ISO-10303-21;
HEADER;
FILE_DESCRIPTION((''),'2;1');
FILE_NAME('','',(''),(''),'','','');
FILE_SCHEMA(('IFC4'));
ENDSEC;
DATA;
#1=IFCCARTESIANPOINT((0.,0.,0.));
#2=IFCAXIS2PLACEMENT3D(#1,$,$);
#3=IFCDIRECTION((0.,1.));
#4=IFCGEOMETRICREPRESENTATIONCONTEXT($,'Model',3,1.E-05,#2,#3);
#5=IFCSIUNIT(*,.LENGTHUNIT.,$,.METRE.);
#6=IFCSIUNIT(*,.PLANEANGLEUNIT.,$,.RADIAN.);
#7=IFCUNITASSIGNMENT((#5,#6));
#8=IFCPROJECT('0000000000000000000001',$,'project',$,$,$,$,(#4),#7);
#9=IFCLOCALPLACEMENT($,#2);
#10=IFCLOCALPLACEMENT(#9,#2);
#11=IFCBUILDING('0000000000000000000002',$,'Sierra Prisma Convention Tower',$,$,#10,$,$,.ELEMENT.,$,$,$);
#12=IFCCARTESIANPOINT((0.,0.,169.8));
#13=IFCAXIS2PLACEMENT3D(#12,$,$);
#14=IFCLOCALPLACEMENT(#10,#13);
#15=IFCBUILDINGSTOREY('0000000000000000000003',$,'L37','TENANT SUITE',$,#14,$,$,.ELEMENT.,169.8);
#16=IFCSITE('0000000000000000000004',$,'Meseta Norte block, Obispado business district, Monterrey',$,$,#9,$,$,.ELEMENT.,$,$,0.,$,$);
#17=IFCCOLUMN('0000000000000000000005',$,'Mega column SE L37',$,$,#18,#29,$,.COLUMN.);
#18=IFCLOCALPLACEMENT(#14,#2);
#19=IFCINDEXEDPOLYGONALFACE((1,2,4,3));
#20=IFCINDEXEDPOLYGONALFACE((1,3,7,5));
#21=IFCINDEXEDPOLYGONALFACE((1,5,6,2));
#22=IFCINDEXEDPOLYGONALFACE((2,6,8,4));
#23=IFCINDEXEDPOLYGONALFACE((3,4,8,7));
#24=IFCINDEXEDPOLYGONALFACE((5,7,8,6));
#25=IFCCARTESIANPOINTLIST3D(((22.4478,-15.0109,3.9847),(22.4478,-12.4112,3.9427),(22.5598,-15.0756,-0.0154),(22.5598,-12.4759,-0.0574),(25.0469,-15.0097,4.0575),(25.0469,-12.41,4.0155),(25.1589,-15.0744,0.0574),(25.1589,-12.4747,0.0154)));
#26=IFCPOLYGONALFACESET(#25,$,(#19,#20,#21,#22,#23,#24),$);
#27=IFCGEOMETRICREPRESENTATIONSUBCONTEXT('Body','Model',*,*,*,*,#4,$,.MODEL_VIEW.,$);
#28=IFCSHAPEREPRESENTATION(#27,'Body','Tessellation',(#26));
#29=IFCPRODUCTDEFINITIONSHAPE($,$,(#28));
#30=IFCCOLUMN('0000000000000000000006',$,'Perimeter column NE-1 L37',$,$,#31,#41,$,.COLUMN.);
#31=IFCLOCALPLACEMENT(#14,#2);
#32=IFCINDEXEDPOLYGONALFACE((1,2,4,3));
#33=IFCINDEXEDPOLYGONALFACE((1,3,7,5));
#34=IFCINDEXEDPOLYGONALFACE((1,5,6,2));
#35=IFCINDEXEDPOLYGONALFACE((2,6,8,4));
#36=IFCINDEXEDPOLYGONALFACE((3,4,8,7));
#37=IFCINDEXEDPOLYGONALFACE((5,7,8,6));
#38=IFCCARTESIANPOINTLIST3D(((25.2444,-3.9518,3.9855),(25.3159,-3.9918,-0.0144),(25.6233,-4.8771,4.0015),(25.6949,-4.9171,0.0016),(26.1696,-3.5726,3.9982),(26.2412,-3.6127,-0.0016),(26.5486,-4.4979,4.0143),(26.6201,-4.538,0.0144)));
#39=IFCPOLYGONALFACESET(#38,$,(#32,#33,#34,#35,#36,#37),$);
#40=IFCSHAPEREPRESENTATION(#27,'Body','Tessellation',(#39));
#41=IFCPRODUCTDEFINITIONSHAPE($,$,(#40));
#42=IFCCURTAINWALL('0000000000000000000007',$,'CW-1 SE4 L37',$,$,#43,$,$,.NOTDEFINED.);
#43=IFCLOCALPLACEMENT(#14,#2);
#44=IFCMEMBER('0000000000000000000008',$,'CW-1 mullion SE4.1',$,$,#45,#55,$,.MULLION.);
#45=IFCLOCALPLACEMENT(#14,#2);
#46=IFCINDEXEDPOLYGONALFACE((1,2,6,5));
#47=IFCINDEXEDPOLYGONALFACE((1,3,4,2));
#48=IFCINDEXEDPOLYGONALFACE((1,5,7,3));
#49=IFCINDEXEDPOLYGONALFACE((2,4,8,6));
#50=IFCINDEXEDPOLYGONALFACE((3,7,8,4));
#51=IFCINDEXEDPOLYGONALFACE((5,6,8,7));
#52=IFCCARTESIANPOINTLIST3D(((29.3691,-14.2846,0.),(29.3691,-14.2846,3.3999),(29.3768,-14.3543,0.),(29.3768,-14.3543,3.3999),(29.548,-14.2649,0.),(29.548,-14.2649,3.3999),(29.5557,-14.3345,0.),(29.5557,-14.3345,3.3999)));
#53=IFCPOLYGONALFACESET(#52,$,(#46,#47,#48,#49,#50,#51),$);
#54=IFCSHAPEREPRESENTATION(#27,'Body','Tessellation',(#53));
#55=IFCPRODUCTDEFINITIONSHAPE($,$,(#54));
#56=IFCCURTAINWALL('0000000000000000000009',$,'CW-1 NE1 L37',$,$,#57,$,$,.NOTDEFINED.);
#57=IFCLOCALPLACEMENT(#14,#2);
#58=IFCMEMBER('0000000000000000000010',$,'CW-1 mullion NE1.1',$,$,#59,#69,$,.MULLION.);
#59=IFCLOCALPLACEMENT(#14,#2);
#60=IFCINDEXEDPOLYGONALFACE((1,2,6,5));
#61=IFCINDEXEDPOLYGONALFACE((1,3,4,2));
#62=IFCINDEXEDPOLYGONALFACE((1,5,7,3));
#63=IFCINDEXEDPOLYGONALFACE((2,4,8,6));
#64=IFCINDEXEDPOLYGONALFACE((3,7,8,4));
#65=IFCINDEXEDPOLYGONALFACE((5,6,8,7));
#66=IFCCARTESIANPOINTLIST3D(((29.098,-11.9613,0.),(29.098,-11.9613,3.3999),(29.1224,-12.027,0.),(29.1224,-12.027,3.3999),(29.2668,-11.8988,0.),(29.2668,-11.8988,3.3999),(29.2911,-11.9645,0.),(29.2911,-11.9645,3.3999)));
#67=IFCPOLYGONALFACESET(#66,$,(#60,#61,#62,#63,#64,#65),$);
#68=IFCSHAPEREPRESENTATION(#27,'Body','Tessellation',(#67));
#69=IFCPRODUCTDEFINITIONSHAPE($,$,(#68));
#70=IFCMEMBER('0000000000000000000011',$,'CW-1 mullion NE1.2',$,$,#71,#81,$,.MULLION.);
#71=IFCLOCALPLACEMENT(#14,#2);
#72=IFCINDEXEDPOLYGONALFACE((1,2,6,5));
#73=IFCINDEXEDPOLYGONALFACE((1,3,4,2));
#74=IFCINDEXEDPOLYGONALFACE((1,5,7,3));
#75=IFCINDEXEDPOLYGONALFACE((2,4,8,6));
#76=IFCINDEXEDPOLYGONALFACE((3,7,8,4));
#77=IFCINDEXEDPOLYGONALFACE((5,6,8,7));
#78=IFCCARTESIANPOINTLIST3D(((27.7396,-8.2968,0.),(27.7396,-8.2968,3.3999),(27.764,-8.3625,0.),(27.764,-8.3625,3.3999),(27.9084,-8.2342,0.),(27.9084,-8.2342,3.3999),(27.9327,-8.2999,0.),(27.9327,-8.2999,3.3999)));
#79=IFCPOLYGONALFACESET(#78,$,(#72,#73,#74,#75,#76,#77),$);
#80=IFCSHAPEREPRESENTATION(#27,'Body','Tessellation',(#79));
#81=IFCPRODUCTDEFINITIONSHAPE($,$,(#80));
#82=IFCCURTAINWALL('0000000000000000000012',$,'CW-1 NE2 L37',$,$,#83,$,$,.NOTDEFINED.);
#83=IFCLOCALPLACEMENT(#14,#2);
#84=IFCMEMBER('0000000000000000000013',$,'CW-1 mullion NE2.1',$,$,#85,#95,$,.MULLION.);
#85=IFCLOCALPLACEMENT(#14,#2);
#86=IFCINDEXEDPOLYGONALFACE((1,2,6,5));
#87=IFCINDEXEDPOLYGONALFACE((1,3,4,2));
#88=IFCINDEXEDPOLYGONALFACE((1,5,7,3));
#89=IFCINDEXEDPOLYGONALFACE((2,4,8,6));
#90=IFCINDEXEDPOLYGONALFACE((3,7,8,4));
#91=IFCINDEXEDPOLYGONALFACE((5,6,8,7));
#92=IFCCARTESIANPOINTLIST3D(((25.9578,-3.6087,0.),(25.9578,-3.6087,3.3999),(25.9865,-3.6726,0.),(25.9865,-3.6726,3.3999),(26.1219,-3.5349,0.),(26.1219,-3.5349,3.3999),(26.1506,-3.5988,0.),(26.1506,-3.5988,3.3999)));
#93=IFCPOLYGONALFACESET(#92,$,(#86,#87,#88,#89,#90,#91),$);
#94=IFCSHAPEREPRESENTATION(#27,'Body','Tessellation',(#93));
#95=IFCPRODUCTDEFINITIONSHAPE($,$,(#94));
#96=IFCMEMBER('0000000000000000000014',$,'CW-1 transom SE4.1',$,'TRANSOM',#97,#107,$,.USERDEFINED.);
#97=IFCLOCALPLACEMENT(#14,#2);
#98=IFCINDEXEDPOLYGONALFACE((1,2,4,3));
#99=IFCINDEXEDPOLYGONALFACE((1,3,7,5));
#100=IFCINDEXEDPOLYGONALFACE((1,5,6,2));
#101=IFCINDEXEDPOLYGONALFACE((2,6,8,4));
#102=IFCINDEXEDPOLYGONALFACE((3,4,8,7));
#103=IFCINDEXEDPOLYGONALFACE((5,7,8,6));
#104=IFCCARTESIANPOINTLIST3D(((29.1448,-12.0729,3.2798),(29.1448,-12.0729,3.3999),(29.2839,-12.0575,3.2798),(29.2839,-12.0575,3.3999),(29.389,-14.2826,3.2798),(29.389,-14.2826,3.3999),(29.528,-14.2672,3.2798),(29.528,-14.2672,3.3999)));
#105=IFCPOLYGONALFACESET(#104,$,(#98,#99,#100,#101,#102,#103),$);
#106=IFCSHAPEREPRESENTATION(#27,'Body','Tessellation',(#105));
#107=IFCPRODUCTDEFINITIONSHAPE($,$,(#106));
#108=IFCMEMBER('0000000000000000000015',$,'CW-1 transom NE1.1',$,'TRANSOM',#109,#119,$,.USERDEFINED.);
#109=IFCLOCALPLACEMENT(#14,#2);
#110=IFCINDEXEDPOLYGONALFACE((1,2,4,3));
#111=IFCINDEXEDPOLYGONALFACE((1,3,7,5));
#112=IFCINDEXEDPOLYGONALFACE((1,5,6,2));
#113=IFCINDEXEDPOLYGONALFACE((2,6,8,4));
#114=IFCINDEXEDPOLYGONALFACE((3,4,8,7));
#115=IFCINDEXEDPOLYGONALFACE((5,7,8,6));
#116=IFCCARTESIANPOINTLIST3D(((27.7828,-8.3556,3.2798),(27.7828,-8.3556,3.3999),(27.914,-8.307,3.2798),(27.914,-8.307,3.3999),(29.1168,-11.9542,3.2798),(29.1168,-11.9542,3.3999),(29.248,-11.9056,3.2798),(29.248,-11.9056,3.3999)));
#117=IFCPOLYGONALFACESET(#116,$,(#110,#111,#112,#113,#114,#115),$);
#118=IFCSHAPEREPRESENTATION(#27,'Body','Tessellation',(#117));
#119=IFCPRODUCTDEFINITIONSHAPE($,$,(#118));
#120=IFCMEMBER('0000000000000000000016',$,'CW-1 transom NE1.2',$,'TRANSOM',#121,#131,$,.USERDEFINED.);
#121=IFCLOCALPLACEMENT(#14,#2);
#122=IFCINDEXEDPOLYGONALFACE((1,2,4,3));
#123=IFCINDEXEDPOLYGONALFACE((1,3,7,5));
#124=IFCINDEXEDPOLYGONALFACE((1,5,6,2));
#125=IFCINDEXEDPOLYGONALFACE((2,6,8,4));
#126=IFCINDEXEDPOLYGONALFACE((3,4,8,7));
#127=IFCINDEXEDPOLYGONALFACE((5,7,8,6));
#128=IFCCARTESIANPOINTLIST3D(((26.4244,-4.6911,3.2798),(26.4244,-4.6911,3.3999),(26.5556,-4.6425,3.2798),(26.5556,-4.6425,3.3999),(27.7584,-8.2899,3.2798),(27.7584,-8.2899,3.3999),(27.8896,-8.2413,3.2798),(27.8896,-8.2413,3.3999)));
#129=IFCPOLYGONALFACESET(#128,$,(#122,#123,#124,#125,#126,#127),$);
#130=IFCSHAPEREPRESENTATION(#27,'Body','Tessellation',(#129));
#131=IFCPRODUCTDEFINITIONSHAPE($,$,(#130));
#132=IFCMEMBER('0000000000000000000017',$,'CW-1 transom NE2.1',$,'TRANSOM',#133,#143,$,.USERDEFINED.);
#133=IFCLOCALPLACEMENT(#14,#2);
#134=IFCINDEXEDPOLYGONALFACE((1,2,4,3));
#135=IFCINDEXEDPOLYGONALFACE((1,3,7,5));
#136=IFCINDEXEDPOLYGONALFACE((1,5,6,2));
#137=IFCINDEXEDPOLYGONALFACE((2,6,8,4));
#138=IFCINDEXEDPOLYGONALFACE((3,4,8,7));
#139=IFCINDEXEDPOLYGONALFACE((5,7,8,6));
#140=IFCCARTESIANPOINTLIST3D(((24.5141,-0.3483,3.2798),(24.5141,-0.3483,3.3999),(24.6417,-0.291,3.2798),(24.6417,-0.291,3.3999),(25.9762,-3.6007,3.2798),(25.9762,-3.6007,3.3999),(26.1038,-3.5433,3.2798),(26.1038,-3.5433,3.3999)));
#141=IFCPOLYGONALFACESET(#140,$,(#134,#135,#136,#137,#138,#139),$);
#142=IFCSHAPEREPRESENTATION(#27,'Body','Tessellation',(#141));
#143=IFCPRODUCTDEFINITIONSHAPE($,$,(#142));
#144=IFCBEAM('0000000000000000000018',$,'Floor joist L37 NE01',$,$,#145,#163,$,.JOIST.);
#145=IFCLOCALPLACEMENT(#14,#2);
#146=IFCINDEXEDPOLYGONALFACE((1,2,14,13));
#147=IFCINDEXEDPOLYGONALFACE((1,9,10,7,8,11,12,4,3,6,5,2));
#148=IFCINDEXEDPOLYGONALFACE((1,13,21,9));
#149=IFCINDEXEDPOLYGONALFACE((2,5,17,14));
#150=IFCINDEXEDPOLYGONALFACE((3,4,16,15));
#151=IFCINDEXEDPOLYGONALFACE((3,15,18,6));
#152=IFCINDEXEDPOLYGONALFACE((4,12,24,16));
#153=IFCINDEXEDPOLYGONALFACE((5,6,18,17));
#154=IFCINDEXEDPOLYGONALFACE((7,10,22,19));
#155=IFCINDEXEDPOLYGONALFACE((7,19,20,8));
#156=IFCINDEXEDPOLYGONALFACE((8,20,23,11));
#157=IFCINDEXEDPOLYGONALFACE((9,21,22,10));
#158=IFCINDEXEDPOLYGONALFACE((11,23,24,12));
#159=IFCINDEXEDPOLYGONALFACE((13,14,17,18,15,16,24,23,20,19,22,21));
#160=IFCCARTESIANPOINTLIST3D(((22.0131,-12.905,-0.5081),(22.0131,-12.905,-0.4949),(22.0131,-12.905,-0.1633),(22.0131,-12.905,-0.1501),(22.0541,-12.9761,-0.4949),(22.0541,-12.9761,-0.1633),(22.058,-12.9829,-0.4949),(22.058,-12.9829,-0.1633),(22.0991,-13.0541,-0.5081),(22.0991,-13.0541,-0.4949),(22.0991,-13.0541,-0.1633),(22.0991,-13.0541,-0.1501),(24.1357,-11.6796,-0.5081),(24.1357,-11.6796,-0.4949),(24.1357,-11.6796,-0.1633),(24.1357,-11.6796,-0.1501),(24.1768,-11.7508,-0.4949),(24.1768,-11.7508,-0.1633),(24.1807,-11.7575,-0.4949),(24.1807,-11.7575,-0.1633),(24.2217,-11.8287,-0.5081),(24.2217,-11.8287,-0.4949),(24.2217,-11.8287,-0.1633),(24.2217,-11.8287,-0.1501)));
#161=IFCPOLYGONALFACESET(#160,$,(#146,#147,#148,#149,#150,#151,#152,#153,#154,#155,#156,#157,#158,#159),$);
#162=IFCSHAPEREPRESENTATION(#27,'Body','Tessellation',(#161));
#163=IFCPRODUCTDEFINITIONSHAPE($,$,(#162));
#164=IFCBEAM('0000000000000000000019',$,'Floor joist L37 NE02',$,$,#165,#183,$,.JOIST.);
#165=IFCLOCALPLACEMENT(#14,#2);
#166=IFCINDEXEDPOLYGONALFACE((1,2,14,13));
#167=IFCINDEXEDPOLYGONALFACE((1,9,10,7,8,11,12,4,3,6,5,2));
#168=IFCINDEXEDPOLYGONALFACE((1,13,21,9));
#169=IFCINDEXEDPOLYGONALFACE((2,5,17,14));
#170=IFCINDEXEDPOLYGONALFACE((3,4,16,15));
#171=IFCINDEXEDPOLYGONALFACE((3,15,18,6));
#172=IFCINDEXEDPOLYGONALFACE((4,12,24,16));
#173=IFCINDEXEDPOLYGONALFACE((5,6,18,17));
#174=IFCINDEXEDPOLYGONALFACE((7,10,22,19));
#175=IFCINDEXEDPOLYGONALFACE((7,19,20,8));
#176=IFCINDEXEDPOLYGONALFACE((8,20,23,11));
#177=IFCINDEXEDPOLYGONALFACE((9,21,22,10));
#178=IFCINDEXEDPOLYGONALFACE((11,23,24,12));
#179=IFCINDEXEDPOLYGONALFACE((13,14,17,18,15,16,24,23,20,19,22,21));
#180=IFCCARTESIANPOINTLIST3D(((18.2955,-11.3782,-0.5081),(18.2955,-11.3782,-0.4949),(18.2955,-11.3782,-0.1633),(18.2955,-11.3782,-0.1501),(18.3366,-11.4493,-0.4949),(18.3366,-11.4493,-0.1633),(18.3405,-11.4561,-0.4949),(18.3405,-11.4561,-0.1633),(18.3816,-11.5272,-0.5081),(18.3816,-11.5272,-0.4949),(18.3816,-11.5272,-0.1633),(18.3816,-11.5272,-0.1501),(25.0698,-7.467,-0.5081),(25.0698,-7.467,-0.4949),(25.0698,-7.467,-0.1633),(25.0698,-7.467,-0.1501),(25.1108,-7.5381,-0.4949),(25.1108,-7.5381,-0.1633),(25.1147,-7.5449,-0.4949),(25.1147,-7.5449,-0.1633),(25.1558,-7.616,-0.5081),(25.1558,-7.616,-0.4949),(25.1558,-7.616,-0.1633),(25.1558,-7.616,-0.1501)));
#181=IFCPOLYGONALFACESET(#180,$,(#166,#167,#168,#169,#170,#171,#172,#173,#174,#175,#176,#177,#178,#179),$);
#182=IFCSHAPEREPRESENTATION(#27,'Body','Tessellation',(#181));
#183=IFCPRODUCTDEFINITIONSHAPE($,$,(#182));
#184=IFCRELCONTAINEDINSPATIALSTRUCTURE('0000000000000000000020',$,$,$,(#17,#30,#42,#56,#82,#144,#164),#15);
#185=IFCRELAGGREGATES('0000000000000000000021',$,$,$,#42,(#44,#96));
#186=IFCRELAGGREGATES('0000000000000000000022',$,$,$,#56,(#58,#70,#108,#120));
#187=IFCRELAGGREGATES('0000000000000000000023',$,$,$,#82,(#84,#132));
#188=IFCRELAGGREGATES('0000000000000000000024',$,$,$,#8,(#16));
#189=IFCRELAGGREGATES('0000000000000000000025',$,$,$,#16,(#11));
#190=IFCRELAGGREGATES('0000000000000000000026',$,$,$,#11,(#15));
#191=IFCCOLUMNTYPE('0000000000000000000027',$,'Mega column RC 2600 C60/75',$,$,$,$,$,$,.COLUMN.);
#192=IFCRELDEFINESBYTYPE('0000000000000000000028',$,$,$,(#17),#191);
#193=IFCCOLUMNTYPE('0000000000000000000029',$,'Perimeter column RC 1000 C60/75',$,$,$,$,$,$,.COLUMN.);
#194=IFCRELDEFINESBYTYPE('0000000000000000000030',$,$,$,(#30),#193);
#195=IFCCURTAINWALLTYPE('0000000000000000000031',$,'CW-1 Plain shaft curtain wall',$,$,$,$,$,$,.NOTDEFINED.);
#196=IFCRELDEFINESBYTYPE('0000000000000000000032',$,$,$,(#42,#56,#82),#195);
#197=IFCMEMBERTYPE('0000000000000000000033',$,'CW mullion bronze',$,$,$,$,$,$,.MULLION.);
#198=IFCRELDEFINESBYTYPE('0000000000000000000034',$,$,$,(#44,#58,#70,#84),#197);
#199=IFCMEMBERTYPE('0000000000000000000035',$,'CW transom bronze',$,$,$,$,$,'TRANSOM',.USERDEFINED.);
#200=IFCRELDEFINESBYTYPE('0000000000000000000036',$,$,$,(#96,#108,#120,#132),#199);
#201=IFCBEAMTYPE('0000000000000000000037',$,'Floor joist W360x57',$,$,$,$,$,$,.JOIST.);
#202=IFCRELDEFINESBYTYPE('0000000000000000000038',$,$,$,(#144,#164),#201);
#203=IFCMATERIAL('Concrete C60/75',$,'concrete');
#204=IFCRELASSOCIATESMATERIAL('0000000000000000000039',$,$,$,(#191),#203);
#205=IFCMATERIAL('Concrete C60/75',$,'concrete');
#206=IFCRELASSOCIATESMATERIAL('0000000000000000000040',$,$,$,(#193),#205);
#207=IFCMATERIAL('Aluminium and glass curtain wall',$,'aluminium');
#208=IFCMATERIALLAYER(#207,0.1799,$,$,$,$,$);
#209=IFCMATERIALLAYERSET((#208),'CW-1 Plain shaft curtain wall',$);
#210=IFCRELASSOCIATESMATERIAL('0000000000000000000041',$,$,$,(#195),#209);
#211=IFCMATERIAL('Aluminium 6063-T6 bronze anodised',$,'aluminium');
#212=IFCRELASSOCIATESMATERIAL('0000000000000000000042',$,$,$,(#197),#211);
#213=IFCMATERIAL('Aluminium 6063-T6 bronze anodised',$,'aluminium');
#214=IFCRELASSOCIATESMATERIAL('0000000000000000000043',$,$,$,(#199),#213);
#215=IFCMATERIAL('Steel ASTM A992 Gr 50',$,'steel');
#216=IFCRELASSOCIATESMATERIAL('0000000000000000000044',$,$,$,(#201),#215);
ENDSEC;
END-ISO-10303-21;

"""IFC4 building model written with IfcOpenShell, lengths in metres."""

from ifc_helpers import new_model, si_unit, direction, frame, origin, origin_2d, place, context, subcontext, project, spatial, rectangle, i_section, extrude, material, layer, layer_set, material_profile, profile_set, type_object, element, aggregate, save


model = new_model("IFC4")

# Units and contexts
model_context = context("Model", 3, precision=1e-05, world=origin(), true_north=direction((0.0, 1.0)))
body_context = subcontext(model_context, "Body", "Model", "MODEL_VIEW")
ifc_project = project(units=[si_unit("LENGTHUNIT", "METRE"), si_unit("PLANEANGLEUNIT", "RADIAN")], contexts=[model_context])

# Site, building, storey
site_placement = place(None, origin())
site = spatial("IfcSite", under=ifc_project, at=site_placement, Name="Meseta Norte block, Obispado business district, Monterrey", CompositionType="ELEMENT", RefElevation=0.0)
building_placement = place(site_placement, origin())
building = spatial("IfcBuilding", under=site, at=building_placement, Name="Sierra Prisma Convention Tower", CompositionType="ELEMENT")
storey_placement = place(building_placement, frame((0.0, 0.0, 169.8)))
storey = spatial("IfcBuildingStorey", under=building, at=storey_placement, Name="L37", Description="TENANT SUITE", CompositionType="ELEMENT", Elevation=169.8)

# Columns
ifc_material_1 = material(Name="Concrete C60/75", Category="concrete")
ifc_material_profile_1 = material_profile(ifc_material_1, rectangle(XDim=2.6001, YDim=2.6001, at=origin_2d()), Name="Mega column RC 2600 C60/75")
ifc_profile_set_1 = profile_set([ifc_material_profile_1], Name="Concrete C60/75")
column_type_1 = type_object("IfcColumnType", Name="Mega column RC 2600 C60/75", PredefinedType="COLUMN", material=ifc_profile_set_1)
column_1_placement = place(storey_placement, frame((23.8594, -13.7751, 0.0), z_axis=(-0.028, 0.016166, 0.999477), x_axis=(0.999608, 0.000453, 0.027997)))
element("IfcColumn", 1, at=column_1_placement, inside=storey, type_object=column_type_1, Name="Mega column SE L37", PredefinedType="COLUMN", context=body_context, shape_type="SweptSolid", body=[
    extrude(rectangle(XDim=2.6001, YDim=2.6001, at=origin_2d()), origin(), (0.0, 0.0, 1.0), 4.0022),
])
ifc_material_2 = material(Name="Concrete C60/75", Category="concrete")
ifc_material_profile_2 = material_profile(ifc_material_2, rectangle(XDim=1.0, YDim=1.0, at=origin_2d()), Name="Perimeter column RC 1000 C60/75")
ifc_profile_set_2 = profile_set([ifc_material_profile_2], Name="Concrete C60/75")
column_type_2 = type_object("IfcColumnType", Name="Perimeter column RC 1000 C60/75", PredefinedType="COLUMN", material=ifc_profile_set_2)
column_2_placement = place(storey_placement, frame((25.968, -4.2649, 0.0), z_axis=(-0.01788, 0.010008, 0.99979), x_axis=(-0.37894, 0.925282, -0.016039)))
element("IfcColumn", 2, at=column_2_placement, inside=storey, type_object=column_type_2, Name="Perimeter column NE-1 L37", PredefinedType="COLUMN", context=body_context, shape_type="SweptSolid", body=[
    extrude(rectangle(XDim=1.0, YDim=1.0, at=origin_2d()), origin(), (0.0, 0.0, 1.0), 4.0007),
])

# Curtain wall, member
ifc_material_3 = material(Name="Aluminium and glass curtain wall", Category="aluminium")
ifc_layer_1 = layer(ifc_material_3, 0.1799)
ifc_layer_set_1 = layer_set([ifc_layer_1], Name="CW-1 Plain shaft curtain wall")
curtain_wall_type = type_object("IfcCurtainWallType", Name="CW-1 Plain shaft curtain wall", PredefinedType="NOTDEFINED", material=ifc_layer_set_1)
curtain_wall_1_placement = place(storey_placement, origin())
curtain_wall_1 = element("IfcCurtainWall", 3, at=curtain_wall_1_placement, inside=storey, type_object=curtain_wall_type, Name="CW-1 SE4 L37", PredefinedType="NOTDEFINED")
ifc_material_4 = material(Name="Aluminium 6063-T6 bronze anodised", Category="aluminium")
ifc_material_profile_3 = material_profile(ifc_material_4, rectangle(XDim=0.1799, YDim=0.0701, at=origin_2d()), Name="ALU MULLION 70x180")
ifc_profile_set_3 = profile_set([ifc_material_profile_3], Name="Aluminium 6063-T6 bronze anodised")
member_type_1 = type_object("IfcMemberType", Name="CW mullion bronze", PredefinedType="MULLION", material=ifc_profile_set_3)
member_1_placement = place(storey_placement, frame((29.4624, -14.3096, 0.0), z_axis=(0.0, 0.0, 1.0), x_axis=(-0.99395, -0.109835, 0.0)))
member_1 = element("IfcMember", 4, at=member_1_placement, type_object=member_type_1, Name="CW-1 mullion SE4.1", PredefinedType="MULLION", context=body_context, shape_type="SweptSolid", body=[
    extrude(rectangle(XDim=0.1799, YDim=0.0701, at=origin_2d()), origin(), (0.0, 0.0, 1.0), 3.3999),
])

# Curtain wall, members
curtain_wall_2_placement = place(storey_placement, origin())
curtain_wall_2 = element("IfcCurtainWall", 5, at=curtain_wall_2_placement, inside=storey, type_object=curtain_wall_type, Name="CW-1 NE1 L37", PredefinedType="NOTDEFINED")
member_2_placement = place(storey_placement, frame((29.1946, -11.9629, 0.0), z_axis=(0.0, 0.0, 1.0), x_axis=(-0.937648, -0.347587, 0.0)))
member_2 = element("IfcMember", 6, at=member_2_placement, type_object=member_type_1, Name="CW-1 mullion NE1.1", PredefinedType="MULLION", context=body_context, shape_type="SweptSolid", body=[
    extrude(rectangle(XDim=0.1799, YDim=0.0701, at=origin_2d()), origin(), (0.0, 0.0, 1.0), 3.3999),
])
member_3_placement = place(storey_placement, frame((27.8362, -8.2983, 0.0), z_axis=(0.0, 0.0, 1.0), x_axis=(-0.937648, -0.347587, 0.0)))
member_3 = element("IfcMember", 7, at=member_3_placement, type_object=member_type_1, Name="CW-1 mullion NE1.2", PredefinedType="MULLION", context=body_context, shape_type="SweptSolid", body=[
    extrude(rectangle(XDim=0.1799, YDim=0.0701, at=origin_2d()), origin(), (0.0, 0.0, 1.0), 3.3999),
])

# Curtain wall, member
curtain_wall_3_placement = place(storey_placement, origin())
curtain_wall_3 = element("IfcCurtainWall", 8, at=curtain_wall_3_placement, inside=storey, type_object=curtain_wall_type, Name="CW-1 NE2 L37", PredefinedType="NOTDEFINED")
member_4_placement = place(storey_placement, frame((26.0542, -3.6038, 0.0), z_axis=(0.0, 0.0, 1.0), x_axis=(-0.912092, -0.409985, 0.0)))
member_4 = element("IfcMember", 9, at=member_4_placement, type_object=member_type_1, Name="CW-1 mullion NE2.1", PredefinedType="MULLION", context=body_context, shape_type="SweptSolid", body=[
    extrude(rectangle(XDim=0.1799, YDim=0.0701, at=origin_2d()), origin(), (0.0, 0.0, 1.0), 3.3999),
])

# Members
ifc_material_5 = material(Name="Aluminium 6063-T6 bronze anodised", Category="aluminium")
ifc_material_profile_4 = material_profile(ifc_material_5, rectangle(XDim=0.1399, YDim=0.1201, at=origin_2d()), Name="ALU TRANSOM 120x140")
ifc_profile_set_4 = profile_set([ifc_material_profile_4], Name="Aluminium 6063-T6 bronze anodised")
member_type_2 = type_object("IfcMemberType", Name="CW transom bronze", ElementType="TRANSOM", PredefinedType="USERDEFINED", material=ifc_profile_set_4)
member_5_placement = place(storey_placement, frame((29.4585, -14.2749, 3.3398), z_axis=(-0.109817, 0.993952, 0.0), x_axis=(-0.993952, -0.109817, 0.0)))
member_5 = element("IfcMember", 10, at=member_5_placement, type_object=member_type_2, Name="CW-1 transom SE4.1", ObjectType="TRANSOM", PredefinedType="USERDEFINED", context=body_context, shape_type="SweptSolid", body=[
    extrude(rectangle(XDim=0.1399, YDim=0.1201, at=origin_2d()), origin(), (0.0, 0.0, 1.0), 2.2231),
])
member_6_placement = place(storey_placement, frame((29.1824, -11.9299, 3.3398), z_axis=(-0.34758, 0.937651, 0.0), x_axis=(-0.937651, -0.34758, 0.0)))
member_6 = element("IfcMember", 11, at=member_6_placement, type_object=member_type_2, Name="CW-1 transom NE1.1", ObjectType="TRANSOM", PredefinedType="USERDEFINED", context=body_context, shape_type="SweptSolid", body=[
    extrude(rectangle(XDim=0.1399, YDim=0.1201, at=origin_2d()), origin(), (0.0, 0.0, 1.0), 3.8379),
])
member_7_placement = place(storey_placement, frame((27.824, -8.2656, 3.3398), z_axis=(-0.347559, 0.937658, 0.0), x_axis=(-0.937658, -0.347559, 0.0)))
member_7 = element("IfcMember", 12, at=member_7_placement, type_object=member_type_2, Name="CW-1 transom NE1.2", ObjectType="TRANSOM", PredefinedType="USERDEFINED", context=body_context, shape_type="SweptSolid", body=[
    extrude(rectangle(XDim=0.1399, YDim=0.1201, at=origin_2d()), origin(), (0.0, 0.0, 1.0), 3.8381),
])
member_8_placement = place(storey_placement, frame((26.04, -3.572, 3.3398), z_axis=(-0.410029, 0.912073, 0.0), x_axis=(-0.912073, -0.410029, 0.0)))
member_8 = element("IfcMember", 13, at=member_8_placement, type_object=member_type_2, Name="CW-1 transom NE2.1", ObjectType="TRANSOM", PredefinedType="USERDEFINED", context=body_context, shape_type="SweptSolid", body=[
    extrude(rectangle(XDim=0.1399, YDim=0.1201, at=origin_2d()), origin(), (0.0, 0.0, 1.0), 3.5659),
])

# Beams
ifc_material_6 = material(Name="Steel ASTM A992 Gr 50", Category="steel")
ifc_material_profile_5 = material_profile(ifc_material_6, i_section(OverallWidth=0.1721, OverallDepth=0.3579, WebThickness=0.0078, FlangeThickness=0.0132, at=origin_2d()), Name="W360x57")
ifc_profile_set_5 = profile_set([ifc_material_profile_5], Name="Steel ASTM A992 Gr 50")
beam_type_1 = type_object("IfcBeamType", Name="Floor joist W360x57", PredefinedType="JOIST", material=ifc_profile_set_5)
beam_1_placement = place(storey_placement, frame((24.1787, -11.7542, -0.3291), z_axis=(-0.866046, -0.499964, 0.0), x_axis=(0.499964, -0.866046, 0.0)))
element("IfcBeam", 14, at=beam_1_placement, inside=storey, type_object=beam_type_1, Name="Floor joist L37 NE01", PredefinedType="JOIST", context=body_context, shape_type="SweptSolid", body=[
    extrude(i_section(OverallWidth=0.1721, OverallDepth=0.3579, WebThickness=0.0078, FlangeThickness=0.0132, at=origin_2d()), origin(), (0.0, 0.0, 1.0), 2.4509),
])
beam_2_placement = place(storey_placement, frame((25.1128, -7.5415, -0.3291), z_axis=(-0.866022, -0.500006, 0.0), x_axis=(0.500006, -0.866022, 0.0)))
element("IfcBeam", 15, at=beam_2_placement, inside=storey, type_object=beam_type_1, Name="Floor joist L37 NE02", PredefinedType="JOIST", context=body_context, shape_type="SweptSolid", body=[
    extrude(i_section(OverallWidth=0.1721, OverallDepth=0.3579, WebThickness=0.0078, FlangeThickness=0.0132, at=origin_2d()), origin(), (0.0, 0.0, 1.0), 7.8223),
])

aggregate(curtain_wall_1, [member_1, member_5])
aggregate(curtain_wall_2, [member_2, member_3, member_6, member_7])
aggregate(curtain_wall_3, [member_4, member_8])

save(model, "model.ifc")
